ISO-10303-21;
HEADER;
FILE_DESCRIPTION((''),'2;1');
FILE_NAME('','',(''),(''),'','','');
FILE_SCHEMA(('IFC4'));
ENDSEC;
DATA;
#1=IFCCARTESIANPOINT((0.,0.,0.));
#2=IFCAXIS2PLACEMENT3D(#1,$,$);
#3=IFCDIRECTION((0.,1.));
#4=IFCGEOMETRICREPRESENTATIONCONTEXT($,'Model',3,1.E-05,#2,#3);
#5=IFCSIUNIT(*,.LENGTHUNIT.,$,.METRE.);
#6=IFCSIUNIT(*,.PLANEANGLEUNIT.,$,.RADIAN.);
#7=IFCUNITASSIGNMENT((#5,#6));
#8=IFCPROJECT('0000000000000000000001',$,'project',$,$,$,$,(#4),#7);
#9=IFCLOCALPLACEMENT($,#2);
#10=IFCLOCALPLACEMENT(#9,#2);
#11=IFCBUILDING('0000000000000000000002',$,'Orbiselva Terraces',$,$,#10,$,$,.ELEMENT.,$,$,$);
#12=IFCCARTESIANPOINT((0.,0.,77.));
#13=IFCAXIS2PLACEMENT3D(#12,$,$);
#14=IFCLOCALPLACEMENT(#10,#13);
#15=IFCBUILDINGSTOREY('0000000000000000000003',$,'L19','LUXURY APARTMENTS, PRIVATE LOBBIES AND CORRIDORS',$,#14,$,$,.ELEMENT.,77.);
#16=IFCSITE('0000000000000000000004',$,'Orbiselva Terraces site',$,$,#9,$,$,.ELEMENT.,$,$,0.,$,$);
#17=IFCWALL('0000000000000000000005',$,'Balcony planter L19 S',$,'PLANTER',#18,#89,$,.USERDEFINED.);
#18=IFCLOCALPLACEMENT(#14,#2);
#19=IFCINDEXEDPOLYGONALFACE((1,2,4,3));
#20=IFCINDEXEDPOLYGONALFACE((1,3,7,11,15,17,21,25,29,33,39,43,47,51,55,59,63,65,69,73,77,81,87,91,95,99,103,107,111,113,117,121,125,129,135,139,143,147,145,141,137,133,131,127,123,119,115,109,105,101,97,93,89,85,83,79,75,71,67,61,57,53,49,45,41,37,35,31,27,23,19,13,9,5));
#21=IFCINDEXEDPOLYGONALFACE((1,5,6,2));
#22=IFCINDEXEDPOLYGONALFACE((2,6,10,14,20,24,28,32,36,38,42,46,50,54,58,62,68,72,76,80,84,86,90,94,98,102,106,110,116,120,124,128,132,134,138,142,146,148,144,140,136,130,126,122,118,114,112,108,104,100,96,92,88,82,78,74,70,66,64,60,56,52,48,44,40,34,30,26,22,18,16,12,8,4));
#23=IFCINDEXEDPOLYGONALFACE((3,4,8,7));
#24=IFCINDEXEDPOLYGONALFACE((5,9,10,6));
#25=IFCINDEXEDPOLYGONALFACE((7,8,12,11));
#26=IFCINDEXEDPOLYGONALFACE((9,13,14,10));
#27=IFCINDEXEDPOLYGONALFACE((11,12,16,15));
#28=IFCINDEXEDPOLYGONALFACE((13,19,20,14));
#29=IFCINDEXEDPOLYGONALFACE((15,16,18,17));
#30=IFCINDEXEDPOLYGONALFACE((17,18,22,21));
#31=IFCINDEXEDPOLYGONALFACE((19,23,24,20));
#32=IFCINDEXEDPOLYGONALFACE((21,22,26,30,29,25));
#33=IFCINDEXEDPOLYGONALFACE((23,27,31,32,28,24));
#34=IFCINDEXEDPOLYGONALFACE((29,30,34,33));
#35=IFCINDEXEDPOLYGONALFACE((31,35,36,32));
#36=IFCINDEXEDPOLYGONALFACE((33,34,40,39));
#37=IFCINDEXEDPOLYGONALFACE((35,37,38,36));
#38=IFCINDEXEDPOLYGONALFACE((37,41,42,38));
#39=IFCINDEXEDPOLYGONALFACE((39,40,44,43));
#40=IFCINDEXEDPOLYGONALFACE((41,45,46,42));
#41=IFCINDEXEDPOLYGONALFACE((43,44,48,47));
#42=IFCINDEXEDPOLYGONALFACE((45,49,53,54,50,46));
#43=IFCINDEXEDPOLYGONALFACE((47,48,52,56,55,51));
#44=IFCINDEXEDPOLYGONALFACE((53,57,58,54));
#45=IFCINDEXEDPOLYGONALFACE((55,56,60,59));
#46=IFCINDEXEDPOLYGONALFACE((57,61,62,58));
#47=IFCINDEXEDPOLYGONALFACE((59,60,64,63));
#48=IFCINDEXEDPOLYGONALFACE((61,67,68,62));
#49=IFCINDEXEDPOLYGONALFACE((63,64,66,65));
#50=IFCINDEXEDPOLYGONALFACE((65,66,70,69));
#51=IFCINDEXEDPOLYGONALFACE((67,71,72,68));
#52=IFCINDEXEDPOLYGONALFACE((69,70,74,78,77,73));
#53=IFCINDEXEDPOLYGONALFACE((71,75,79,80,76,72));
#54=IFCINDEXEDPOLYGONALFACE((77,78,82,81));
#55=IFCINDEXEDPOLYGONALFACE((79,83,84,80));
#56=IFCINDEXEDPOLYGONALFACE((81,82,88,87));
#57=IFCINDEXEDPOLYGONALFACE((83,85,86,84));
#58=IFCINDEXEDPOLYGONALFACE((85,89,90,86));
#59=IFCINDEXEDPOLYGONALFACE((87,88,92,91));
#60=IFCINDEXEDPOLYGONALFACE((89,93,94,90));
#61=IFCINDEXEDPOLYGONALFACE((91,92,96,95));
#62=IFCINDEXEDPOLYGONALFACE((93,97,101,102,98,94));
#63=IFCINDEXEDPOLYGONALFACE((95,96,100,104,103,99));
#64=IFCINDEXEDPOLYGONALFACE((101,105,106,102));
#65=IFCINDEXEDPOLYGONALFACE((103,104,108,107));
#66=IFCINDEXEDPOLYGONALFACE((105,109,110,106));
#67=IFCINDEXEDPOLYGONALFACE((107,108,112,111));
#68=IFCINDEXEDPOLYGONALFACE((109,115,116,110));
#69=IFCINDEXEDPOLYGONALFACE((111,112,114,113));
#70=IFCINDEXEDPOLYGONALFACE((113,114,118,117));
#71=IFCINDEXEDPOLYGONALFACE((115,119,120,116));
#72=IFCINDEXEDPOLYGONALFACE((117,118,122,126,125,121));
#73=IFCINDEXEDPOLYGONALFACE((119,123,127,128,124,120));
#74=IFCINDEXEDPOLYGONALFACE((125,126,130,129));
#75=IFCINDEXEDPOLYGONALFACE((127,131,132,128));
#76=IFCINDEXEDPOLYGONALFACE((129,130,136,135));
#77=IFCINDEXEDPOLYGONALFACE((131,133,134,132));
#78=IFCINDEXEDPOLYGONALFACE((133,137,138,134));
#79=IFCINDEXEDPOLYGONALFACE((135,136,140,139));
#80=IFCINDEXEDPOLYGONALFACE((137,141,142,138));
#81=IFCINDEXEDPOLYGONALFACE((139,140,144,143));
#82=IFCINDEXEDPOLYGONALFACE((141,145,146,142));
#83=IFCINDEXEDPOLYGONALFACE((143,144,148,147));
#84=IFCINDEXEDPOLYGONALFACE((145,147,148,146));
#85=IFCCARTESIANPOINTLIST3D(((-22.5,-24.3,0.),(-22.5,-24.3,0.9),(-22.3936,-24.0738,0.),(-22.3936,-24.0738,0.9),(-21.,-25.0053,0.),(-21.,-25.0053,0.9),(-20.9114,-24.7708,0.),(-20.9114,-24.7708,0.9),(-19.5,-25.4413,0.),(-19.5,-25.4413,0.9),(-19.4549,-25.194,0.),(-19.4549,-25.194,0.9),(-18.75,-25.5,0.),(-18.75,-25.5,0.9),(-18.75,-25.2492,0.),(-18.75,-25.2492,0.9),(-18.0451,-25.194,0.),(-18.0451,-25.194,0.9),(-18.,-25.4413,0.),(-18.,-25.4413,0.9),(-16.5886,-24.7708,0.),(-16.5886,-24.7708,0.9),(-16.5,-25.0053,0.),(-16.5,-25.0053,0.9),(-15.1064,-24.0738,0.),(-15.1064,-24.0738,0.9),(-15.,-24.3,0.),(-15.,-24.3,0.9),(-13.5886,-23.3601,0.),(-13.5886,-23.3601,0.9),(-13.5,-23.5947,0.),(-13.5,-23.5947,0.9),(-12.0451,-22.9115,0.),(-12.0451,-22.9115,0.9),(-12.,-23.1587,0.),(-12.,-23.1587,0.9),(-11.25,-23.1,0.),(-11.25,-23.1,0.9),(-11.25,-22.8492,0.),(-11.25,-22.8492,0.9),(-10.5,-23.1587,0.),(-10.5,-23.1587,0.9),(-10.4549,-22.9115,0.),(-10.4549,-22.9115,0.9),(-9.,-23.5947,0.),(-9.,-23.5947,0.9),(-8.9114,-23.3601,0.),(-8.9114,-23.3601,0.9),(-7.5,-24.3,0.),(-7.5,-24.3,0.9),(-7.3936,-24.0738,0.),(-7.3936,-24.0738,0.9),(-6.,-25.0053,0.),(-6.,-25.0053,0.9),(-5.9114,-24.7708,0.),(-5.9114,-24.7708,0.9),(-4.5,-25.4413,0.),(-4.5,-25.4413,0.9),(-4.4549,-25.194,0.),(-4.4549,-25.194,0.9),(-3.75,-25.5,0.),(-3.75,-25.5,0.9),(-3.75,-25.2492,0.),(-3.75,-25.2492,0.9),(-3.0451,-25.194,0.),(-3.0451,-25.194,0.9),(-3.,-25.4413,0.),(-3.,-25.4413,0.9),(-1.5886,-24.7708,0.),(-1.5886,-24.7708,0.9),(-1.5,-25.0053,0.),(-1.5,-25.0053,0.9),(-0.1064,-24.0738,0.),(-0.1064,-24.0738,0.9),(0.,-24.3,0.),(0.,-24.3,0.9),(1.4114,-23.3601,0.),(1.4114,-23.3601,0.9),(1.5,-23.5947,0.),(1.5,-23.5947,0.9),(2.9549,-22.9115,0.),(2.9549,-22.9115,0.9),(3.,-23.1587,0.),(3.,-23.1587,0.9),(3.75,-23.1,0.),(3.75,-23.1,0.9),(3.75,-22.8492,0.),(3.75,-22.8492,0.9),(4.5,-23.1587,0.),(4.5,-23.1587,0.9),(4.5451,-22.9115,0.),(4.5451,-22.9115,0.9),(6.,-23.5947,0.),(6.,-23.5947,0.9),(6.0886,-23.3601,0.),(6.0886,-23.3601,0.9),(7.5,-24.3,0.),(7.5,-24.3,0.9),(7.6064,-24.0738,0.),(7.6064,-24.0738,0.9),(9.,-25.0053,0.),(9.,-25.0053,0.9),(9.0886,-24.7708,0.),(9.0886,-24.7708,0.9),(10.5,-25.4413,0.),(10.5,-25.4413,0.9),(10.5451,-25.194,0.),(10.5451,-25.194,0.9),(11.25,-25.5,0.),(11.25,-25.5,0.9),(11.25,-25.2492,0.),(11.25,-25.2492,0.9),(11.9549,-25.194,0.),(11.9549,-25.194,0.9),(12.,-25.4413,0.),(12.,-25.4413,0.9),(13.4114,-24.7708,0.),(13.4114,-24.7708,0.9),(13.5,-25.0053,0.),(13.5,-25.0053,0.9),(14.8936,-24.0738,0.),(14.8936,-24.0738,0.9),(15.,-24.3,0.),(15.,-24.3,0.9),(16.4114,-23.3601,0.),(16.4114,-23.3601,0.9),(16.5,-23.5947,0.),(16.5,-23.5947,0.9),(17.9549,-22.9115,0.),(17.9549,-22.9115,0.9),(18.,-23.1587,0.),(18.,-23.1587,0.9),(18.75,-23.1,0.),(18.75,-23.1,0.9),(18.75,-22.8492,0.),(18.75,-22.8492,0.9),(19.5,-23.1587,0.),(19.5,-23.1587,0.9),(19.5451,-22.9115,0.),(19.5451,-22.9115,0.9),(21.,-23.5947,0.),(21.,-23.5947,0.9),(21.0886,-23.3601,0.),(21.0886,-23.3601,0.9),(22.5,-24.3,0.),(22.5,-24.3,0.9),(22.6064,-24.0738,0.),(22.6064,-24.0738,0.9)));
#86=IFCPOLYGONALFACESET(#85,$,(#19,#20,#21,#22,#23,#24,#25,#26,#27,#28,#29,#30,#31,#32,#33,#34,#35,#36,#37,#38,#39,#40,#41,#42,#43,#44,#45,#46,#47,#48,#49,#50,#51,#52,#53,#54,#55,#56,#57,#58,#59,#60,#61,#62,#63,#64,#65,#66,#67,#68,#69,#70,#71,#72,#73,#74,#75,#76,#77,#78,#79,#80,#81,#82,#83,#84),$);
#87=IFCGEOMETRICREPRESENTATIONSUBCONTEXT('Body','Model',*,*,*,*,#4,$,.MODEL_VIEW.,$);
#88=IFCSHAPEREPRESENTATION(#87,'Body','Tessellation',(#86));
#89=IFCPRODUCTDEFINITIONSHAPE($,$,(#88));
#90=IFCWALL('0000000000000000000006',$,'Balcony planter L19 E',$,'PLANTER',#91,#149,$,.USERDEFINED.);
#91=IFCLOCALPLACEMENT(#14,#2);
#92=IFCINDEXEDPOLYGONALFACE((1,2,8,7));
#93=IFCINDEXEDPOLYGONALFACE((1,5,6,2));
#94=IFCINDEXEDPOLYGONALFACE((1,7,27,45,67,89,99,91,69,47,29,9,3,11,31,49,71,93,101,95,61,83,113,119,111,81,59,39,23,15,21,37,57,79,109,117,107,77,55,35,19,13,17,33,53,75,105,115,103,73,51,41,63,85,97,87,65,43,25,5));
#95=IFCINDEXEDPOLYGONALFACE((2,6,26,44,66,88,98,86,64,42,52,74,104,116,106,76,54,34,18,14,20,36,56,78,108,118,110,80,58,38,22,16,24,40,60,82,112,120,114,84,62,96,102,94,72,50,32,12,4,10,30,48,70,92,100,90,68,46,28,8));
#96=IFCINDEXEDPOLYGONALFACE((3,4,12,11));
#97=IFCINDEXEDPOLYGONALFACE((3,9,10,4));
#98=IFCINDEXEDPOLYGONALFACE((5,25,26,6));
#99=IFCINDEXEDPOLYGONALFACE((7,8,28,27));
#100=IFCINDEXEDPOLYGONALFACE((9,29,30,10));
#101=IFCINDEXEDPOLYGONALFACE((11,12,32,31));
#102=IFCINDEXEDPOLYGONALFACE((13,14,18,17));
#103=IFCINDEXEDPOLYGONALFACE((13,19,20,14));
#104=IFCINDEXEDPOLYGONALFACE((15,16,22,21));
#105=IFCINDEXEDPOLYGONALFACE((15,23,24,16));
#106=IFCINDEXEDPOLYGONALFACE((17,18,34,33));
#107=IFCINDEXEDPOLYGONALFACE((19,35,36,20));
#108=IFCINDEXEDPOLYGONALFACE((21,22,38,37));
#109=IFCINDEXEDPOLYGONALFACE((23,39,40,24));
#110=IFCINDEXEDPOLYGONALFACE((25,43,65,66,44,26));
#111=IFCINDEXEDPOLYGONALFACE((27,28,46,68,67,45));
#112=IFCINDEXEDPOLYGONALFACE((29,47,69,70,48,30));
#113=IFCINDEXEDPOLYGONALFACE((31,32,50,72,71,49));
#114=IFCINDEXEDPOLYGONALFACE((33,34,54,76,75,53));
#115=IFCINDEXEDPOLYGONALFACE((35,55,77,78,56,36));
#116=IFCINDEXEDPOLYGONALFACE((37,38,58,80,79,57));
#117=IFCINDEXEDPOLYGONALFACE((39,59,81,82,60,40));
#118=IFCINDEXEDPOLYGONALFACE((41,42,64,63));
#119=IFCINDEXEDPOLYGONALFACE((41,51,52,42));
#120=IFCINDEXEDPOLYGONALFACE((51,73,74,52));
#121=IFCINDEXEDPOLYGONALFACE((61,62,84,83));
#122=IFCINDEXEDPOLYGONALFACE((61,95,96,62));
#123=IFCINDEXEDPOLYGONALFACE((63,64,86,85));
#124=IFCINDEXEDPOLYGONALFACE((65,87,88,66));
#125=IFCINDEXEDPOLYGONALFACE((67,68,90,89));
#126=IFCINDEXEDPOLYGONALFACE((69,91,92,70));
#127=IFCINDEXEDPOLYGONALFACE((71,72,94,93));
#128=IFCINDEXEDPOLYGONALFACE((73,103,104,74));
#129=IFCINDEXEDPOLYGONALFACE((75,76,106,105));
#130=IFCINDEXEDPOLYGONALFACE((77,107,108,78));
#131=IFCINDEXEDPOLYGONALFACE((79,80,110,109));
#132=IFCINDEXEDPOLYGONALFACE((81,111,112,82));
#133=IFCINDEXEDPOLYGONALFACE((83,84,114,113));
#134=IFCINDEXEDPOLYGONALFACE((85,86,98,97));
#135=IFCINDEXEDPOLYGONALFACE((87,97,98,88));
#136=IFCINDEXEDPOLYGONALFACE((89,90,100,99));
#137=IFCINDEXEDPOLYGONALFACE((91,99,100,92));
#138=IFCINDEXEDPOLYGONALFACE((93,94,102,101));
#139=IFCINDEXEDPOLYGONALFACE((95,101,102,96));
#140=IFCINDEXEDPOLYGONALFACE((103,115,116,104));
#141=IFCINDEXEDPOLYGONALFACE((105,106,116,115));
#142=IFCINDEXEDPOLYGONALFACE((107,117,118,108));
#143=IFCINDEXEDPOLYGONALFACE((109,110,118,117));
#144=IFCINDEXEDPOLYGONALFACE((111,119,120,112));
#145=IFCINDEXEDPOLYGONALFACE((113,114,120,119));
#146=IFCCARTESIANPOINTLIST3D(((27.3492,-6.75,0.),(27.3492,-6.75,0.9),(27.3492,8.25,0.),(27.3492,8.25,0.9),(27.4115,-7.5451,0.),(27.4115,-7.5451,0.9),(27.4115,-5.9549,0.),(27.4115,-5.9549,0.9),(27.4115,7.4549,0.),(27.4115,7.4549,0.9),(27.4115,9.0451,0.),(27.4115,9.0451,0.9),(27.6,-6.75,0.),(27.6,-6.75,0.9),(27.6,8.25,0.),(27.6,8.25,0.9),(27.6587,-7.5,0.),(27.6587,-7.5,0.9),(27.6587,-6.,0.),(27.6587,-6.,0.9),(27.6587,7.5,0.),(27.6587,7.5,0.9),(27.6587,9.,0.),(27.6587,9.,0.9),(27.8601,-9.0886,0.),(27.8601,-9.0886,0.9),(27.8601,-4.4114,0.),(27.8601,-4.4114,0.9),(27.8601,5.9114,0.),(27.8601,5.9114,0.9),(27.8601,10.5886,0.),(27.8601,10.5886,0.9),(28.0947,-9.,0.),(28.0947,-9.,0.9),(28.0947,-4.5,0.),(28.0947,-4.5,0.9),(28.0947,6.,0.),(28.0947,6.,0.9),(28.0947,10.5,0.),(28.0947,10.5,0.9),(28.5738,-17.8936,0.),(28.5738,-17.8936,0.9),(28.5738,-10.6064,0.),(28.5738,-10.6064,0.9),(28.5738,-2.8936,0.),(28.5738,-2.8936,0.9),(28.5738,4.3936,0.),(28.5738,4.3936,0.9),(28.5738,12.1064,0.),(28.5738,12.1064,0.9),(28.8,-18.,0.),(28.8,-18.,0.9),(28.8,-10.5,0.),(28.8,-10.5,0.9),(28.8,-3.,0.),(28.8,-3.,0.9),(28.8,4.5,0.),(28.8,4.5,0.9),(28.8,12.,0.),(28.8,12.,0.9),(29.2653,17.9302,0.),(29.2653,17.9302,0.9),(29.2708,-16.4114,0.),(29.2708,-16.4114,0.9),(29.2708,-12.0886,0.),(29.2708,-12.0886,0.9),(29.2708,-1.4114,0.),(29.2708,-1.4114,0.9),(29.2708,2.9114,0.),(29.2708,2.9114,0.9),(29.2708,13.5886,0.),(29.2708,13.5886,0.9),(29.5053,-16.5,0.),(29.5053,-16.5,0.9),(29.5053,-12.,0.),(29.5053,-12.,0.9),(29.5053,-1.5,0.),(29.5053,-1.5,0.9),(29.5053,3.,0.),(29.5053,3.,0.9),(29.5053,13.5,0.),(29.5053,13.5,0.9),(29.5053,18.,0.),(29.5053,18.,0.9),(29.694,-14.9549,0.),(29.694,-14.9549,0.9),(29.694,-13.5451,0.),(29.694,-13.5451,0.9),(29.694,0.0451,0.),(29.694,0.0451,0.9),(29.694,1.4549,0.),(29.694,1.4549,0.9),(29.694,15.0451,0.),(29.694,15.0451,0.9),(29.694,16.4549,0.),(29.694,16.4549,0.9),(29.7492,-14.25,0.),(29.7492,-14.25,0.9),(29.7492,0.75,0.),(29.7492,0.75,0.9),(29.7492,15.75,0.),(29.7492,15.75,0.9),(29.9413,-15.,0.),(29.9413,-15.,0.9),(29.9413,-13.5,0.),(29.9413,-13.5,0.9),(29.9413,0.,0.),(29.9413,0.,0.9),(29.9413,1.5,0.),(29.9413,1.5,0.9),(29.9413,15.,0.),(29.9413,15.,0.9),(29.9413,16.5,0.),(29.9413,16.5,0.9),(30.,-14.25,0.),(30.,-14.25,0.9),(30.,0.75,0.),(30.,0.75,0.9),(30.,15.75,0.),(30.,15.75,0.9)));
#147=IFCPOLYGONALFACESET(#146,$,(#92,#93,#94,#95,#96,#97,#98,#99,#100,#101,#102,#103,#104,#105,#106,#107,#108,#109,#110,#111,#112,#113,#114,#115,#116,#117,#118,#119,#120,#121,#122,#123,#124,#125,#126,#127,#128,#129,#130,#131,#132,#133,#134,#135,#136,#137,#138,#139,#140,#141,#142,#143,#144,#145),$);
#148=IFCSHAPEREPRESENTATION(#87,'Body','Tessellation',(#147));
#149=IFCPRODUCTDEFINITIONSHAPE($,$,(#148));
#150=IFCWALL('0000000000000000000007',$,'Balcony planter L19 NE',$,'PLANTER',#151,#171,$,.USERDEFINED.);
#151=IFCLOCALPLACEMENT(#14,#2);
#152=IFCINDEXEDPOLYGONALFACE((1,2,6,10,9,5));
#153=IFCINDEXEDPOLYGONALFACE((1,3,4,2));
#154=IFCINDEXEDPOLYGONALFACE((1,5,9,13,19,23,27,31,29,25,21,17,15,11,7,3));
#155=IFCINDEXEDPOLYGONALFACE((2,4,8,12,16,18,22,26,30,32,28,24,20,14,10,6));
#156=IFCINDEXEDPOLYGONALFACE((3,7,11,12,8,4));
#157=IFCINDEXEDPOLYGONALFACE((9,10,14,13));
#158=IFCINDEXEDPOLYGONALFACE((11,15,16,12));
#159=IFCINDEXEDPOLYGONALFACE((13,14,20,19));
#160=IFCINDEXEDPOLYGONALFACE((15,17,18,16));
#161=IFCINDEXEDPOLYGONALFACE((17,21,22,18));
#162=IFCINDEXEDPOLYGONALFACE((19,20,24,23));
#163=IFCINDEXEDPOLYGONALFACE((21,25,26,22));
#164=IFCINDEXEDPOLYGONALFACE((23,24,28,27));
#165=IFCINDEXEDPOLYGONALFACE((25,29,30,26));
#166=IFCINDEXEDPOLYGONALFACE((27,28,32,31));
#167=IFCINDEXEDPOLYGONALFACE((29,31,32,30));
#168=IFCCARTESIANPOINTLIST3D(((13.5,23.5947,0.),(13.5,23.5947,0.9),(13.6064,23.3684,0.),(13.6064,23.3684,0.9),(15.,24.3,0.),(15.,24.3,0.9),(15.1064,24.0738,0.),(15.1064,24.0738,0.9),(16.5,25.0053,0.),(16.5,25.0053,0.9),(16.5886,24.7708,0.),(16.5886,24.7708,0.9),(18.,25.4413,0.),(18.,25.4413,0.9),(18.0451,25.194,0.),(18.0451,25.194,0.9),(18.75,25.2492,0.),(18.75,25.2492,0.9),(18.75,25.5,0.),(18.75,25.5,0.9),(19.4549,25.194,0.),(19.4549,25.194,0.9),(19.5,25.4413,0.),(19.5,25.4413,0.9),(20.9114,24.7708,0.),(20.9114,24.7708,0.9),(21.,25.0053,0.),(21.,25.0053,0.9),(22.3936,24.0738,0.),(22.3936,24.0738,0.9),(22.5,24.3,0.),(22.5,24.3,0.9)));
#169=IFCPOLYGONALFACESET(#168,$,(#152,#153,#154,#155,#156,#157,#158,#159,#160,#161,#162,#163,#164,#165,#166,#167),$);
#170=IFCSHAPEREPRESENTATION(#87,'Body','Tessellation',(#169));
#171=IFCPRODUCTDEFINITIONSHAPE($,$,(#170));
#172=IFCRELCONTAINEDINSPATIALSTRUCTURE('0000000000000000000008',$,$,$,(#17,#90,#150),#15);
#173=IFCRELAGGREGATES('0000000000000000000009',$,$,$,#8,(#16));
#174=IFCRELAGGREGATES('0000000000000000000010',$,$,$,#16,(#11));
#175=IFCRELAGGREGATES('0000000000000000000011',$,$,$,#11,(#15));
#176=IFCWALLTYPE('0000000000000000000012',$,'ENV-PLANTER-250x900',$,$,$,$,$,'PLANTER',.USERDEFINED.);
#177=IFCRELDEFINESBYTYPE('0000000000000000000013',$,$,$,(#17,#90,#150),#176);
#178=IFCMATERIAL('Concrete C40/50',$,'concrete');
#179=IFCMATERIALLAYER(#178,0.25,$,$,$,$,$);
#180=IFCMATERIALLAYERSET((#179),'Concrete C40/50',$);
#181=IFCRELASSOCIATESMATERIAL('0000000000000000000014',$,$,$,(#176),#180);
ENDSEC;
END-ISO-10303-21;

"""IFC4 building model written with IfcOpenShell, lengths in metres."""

from ifc_helpers import new_model, si_unit, direction, frame, origin, place, context, subcontext, project, spatial, polyline, outline, extrude, material, layer, layer_set, type_object, element, save


model = new_model("IFC4")

# Units and contexts
model_context = context("Model", 3, precision=1e-05, world=origin(), true_north=direction((0.0, 1.0)))
body_context = subcontext(model_context, "Body", "Model", "MODEL_VIEW")
ifc_project = project(units=[si_unit("LENGTHUNIT", "METRE"), si_unit("PLANEANGLEUNIT", "RADIAN")], contexts=[model_context])

# Site, building, storey
site_placement = place(None, origin())
site = spatial("IfcSite", under=ifc_project, at=site_placement, Name="Orbiselva Terraces site", CompositionType="ELEMENT", RefElevation=0.0)
building_placement = place(site_placement, origin())
building = spatial("IfcBuilding", under=site, at=building_placement, Name="Orbiselva Terraces", CompositionType="ELEMENT")
storey_placement = place(building_placement, frame((0.0, 0.0, 77.0)))
storey = spatial("IfcBuildingStorey", under=building, at=storey_placement, Name="L19", Description="LUXURY APARTMENTS, PRIVATE LOBBIES AND CORRIDORS", CompositionType="ELEMENT", Elevation=77.0)

# Shared definitions
ifc_material_1 = material(Name="Concrete C40/50", Category="concrete")

# Walls
ifc_layer_1 = layer(ifc_material_1, 0.25)
ifc_layer_set_1 = layer_set([ifc_layer_1], Name="Concrete C40/50")
wall_type = type_object("IfcWallType", Name="ENV-PLANTER-250x900", ElementType="PLANTER", PredefinedType="USERDEFINED", material=ifc_layer_set_1)
wall_1_placement = place(storey_placement, origin())
element("IfcWall", 1, at=wall_1_placement, inside=storey, type_object=wall_type, Name="Balcony planter L19 S", ObjectType="PLANTER", PredefinedType="USERDEFINED", context=body_context, shape_type="SweptSolid", body=[
    extrude(outline(polyline([(-22.5, -24.3), (-21.0, -25.0053), (-19.5, -25.4413), (-18.75, -25.5), (-18.0, -25.4413), (-16.5, -25.0053), (-15.0, -24.3), (-13.5, -23.5947), (-12.0, -23.1587), (-11.25, -23.1), (-10.5, -23.1587), (-9.0, -23.5947), (-7.5, -24.3), (-6.0, -25.0053), (-4.5, -25.4413), (-3.75, -25.5), (-3.0, -25.4413), (-1.5, -25.0053), (0.0, -24.3), (1.5, -23.5947), (3.0, -23.1587), (3.75, -23.1), (4.5, -23.1587), (6.0, -23.5947), (7.5, -24.3), (9.0, -25.0053), (10.5, -25.4413), (11.25, -25.5), (12.0, -25.4413), (13.5, -25.0053), (15.0, -24.3), (16.5, -23.5947), (18.0, -23.1587), (18.75, -23.1), (19.5, -23.1587), (21.0, -23.5947), (22.5, -24.3), (22.6064, -24.0738), (21.0886, -23.3601), (19.5451, -22.9115), (18.75, -22.8492), (17.9549, -22.9115), (16.4114, -23.3601), (14.8936, -24.0738), (13.4114, -24.7708), (11.9549, -25.194), (11.25, -25.2492), (10.5451, -25.194), (9.0886, -24.7708), (7.6064, -24.0738), (6.0886, -23.3601), (4.5451, -22.9115), (3.75, -22.8492), (2.9549, -22.9115), (1.4114, -23.3601), (-0.1064, -24.0738), (-1.5886, -24.7708), (-3.0451, -25.194), (-3.75, -25.2492), (-4.4549, -25.194), (-5.9114, -24.7708), (-7.3936, -24.0738), (-8.9114, -23.3601), (-10.4549, -22.9115), (-11.25, -22.8492), (-12.0451, -22.9115), (-13.5886, -23.3601), (-15.1064, -24.0738), (-16.5886, -24.7708), (-18.0451, -25.194), (-18.75, -25.2492), (-19.4549, -25.194), (-20.9114, -24.7708), (-22.3936, -24.0738), (-22.5, -24.3)])), origin(), (0.0, 0.0, 1.0), 0.9),
])
wall_2_placement = place(storey_placement, origin())
element("IfcWall", 2, at=wall_2_placement, inside=storey, type_object=wall_type, Name="Balcony planter L19 E", ObjectType="PLANTER", PredefinedType="USERDEFINED", context=body_context, shape_type="SweptSolid", body=[
    extrude(outline(polyline([(28.8, -18.0), (29.5053, -16.5), (29.9413, -15.0), (30.0, -14.25), (29.9413, -13.5), (29.5053, -12.0), (28.8, -10.5), (28.0947, -9.0), (27.6587, -7.5), (27.6, -6.75), (27.6587, -6.0), (28.0947, -4.5), (28.8, -3.0), (29.5053, -1.5), (29.9413, 0.0), (30.0, 0.75), (29.9413, 1.5), (29.5053, 3.0), (28.8, 4.5), (28.0947, 6.0), (27.6587, 7.5), (27.6, 8.25), (27.6587, 9.0), (28.0947, 10.5), (28.8, 12.0), (29.5053, 13.5), (29.9413, 15.0), (30.0, 15.75), (29.9413, 16.5), (29.5053, 18.0), (29.2653, 17.9302), (29.694, 16.4549), (29.7492, 15.75), (29.694, 15.0451), (29.2708, 13.5886), (28.5738, 12.1064), (27.8601, 10.5886), (27.4115, 9.0451), (27.3492, 8.25), (27.4115, 7.4549), (27.8601, 5.9114), (28.5738, 4.3936), (29.2708, 2.9114), (29.694, 1.4549), (29.7492, 0.75), (29.694, 0.0451), (29.2708, -1.4114), (28.5738, -2.8936), (27.8601, -4.4114), (27.4115, -5.9549), (27.3492, -6.75), (27.4115, -7.5451), (27.8601, -9.0886), (28.5738, -10.6064), (29.2708, -12.0886), (29.694, -13.5451), (29.7492, -14.25), (29.694, -14.9549), (29.2708, -16.4114), (28.5738, -17.8936), (28.8, -18.0)])), origin(), (0.0, 0.0, 1.0), 0.9),
])
wall_3_placement = place(storey_placement, origin())
element("IfcWall", 3, at=wall_3_placement, inside=storey, type_object=wall_type, Name="Balcony planter L19 NE", ObjectType="PLANTER", PredefinedType="USERDEFINED", context=body_context, shape_type="SweptSolid", body=[
    extrude(outline(polyline([(22.5, 24.3), (21.0, 25.0053), (19.5, 25.4413), (18.75, 25.5), (18.0, 25.4413), (16.5, 25.0053), (15.0, 24.3), (13.5, 23.5947), (13.6064, 23.3684), (15.1064, 24.0738), (16.5886, 24.7708), (18.0451, 25.194), (18.75, 25.2492), (19.4549, 25.194), (20.9114, 24.7708), (22.3936, 24.0738), (22.5, 24.3)])), origin(), (0.0, 0.0, 1.0), 0.9),
])

save(model, "model.ifc")
